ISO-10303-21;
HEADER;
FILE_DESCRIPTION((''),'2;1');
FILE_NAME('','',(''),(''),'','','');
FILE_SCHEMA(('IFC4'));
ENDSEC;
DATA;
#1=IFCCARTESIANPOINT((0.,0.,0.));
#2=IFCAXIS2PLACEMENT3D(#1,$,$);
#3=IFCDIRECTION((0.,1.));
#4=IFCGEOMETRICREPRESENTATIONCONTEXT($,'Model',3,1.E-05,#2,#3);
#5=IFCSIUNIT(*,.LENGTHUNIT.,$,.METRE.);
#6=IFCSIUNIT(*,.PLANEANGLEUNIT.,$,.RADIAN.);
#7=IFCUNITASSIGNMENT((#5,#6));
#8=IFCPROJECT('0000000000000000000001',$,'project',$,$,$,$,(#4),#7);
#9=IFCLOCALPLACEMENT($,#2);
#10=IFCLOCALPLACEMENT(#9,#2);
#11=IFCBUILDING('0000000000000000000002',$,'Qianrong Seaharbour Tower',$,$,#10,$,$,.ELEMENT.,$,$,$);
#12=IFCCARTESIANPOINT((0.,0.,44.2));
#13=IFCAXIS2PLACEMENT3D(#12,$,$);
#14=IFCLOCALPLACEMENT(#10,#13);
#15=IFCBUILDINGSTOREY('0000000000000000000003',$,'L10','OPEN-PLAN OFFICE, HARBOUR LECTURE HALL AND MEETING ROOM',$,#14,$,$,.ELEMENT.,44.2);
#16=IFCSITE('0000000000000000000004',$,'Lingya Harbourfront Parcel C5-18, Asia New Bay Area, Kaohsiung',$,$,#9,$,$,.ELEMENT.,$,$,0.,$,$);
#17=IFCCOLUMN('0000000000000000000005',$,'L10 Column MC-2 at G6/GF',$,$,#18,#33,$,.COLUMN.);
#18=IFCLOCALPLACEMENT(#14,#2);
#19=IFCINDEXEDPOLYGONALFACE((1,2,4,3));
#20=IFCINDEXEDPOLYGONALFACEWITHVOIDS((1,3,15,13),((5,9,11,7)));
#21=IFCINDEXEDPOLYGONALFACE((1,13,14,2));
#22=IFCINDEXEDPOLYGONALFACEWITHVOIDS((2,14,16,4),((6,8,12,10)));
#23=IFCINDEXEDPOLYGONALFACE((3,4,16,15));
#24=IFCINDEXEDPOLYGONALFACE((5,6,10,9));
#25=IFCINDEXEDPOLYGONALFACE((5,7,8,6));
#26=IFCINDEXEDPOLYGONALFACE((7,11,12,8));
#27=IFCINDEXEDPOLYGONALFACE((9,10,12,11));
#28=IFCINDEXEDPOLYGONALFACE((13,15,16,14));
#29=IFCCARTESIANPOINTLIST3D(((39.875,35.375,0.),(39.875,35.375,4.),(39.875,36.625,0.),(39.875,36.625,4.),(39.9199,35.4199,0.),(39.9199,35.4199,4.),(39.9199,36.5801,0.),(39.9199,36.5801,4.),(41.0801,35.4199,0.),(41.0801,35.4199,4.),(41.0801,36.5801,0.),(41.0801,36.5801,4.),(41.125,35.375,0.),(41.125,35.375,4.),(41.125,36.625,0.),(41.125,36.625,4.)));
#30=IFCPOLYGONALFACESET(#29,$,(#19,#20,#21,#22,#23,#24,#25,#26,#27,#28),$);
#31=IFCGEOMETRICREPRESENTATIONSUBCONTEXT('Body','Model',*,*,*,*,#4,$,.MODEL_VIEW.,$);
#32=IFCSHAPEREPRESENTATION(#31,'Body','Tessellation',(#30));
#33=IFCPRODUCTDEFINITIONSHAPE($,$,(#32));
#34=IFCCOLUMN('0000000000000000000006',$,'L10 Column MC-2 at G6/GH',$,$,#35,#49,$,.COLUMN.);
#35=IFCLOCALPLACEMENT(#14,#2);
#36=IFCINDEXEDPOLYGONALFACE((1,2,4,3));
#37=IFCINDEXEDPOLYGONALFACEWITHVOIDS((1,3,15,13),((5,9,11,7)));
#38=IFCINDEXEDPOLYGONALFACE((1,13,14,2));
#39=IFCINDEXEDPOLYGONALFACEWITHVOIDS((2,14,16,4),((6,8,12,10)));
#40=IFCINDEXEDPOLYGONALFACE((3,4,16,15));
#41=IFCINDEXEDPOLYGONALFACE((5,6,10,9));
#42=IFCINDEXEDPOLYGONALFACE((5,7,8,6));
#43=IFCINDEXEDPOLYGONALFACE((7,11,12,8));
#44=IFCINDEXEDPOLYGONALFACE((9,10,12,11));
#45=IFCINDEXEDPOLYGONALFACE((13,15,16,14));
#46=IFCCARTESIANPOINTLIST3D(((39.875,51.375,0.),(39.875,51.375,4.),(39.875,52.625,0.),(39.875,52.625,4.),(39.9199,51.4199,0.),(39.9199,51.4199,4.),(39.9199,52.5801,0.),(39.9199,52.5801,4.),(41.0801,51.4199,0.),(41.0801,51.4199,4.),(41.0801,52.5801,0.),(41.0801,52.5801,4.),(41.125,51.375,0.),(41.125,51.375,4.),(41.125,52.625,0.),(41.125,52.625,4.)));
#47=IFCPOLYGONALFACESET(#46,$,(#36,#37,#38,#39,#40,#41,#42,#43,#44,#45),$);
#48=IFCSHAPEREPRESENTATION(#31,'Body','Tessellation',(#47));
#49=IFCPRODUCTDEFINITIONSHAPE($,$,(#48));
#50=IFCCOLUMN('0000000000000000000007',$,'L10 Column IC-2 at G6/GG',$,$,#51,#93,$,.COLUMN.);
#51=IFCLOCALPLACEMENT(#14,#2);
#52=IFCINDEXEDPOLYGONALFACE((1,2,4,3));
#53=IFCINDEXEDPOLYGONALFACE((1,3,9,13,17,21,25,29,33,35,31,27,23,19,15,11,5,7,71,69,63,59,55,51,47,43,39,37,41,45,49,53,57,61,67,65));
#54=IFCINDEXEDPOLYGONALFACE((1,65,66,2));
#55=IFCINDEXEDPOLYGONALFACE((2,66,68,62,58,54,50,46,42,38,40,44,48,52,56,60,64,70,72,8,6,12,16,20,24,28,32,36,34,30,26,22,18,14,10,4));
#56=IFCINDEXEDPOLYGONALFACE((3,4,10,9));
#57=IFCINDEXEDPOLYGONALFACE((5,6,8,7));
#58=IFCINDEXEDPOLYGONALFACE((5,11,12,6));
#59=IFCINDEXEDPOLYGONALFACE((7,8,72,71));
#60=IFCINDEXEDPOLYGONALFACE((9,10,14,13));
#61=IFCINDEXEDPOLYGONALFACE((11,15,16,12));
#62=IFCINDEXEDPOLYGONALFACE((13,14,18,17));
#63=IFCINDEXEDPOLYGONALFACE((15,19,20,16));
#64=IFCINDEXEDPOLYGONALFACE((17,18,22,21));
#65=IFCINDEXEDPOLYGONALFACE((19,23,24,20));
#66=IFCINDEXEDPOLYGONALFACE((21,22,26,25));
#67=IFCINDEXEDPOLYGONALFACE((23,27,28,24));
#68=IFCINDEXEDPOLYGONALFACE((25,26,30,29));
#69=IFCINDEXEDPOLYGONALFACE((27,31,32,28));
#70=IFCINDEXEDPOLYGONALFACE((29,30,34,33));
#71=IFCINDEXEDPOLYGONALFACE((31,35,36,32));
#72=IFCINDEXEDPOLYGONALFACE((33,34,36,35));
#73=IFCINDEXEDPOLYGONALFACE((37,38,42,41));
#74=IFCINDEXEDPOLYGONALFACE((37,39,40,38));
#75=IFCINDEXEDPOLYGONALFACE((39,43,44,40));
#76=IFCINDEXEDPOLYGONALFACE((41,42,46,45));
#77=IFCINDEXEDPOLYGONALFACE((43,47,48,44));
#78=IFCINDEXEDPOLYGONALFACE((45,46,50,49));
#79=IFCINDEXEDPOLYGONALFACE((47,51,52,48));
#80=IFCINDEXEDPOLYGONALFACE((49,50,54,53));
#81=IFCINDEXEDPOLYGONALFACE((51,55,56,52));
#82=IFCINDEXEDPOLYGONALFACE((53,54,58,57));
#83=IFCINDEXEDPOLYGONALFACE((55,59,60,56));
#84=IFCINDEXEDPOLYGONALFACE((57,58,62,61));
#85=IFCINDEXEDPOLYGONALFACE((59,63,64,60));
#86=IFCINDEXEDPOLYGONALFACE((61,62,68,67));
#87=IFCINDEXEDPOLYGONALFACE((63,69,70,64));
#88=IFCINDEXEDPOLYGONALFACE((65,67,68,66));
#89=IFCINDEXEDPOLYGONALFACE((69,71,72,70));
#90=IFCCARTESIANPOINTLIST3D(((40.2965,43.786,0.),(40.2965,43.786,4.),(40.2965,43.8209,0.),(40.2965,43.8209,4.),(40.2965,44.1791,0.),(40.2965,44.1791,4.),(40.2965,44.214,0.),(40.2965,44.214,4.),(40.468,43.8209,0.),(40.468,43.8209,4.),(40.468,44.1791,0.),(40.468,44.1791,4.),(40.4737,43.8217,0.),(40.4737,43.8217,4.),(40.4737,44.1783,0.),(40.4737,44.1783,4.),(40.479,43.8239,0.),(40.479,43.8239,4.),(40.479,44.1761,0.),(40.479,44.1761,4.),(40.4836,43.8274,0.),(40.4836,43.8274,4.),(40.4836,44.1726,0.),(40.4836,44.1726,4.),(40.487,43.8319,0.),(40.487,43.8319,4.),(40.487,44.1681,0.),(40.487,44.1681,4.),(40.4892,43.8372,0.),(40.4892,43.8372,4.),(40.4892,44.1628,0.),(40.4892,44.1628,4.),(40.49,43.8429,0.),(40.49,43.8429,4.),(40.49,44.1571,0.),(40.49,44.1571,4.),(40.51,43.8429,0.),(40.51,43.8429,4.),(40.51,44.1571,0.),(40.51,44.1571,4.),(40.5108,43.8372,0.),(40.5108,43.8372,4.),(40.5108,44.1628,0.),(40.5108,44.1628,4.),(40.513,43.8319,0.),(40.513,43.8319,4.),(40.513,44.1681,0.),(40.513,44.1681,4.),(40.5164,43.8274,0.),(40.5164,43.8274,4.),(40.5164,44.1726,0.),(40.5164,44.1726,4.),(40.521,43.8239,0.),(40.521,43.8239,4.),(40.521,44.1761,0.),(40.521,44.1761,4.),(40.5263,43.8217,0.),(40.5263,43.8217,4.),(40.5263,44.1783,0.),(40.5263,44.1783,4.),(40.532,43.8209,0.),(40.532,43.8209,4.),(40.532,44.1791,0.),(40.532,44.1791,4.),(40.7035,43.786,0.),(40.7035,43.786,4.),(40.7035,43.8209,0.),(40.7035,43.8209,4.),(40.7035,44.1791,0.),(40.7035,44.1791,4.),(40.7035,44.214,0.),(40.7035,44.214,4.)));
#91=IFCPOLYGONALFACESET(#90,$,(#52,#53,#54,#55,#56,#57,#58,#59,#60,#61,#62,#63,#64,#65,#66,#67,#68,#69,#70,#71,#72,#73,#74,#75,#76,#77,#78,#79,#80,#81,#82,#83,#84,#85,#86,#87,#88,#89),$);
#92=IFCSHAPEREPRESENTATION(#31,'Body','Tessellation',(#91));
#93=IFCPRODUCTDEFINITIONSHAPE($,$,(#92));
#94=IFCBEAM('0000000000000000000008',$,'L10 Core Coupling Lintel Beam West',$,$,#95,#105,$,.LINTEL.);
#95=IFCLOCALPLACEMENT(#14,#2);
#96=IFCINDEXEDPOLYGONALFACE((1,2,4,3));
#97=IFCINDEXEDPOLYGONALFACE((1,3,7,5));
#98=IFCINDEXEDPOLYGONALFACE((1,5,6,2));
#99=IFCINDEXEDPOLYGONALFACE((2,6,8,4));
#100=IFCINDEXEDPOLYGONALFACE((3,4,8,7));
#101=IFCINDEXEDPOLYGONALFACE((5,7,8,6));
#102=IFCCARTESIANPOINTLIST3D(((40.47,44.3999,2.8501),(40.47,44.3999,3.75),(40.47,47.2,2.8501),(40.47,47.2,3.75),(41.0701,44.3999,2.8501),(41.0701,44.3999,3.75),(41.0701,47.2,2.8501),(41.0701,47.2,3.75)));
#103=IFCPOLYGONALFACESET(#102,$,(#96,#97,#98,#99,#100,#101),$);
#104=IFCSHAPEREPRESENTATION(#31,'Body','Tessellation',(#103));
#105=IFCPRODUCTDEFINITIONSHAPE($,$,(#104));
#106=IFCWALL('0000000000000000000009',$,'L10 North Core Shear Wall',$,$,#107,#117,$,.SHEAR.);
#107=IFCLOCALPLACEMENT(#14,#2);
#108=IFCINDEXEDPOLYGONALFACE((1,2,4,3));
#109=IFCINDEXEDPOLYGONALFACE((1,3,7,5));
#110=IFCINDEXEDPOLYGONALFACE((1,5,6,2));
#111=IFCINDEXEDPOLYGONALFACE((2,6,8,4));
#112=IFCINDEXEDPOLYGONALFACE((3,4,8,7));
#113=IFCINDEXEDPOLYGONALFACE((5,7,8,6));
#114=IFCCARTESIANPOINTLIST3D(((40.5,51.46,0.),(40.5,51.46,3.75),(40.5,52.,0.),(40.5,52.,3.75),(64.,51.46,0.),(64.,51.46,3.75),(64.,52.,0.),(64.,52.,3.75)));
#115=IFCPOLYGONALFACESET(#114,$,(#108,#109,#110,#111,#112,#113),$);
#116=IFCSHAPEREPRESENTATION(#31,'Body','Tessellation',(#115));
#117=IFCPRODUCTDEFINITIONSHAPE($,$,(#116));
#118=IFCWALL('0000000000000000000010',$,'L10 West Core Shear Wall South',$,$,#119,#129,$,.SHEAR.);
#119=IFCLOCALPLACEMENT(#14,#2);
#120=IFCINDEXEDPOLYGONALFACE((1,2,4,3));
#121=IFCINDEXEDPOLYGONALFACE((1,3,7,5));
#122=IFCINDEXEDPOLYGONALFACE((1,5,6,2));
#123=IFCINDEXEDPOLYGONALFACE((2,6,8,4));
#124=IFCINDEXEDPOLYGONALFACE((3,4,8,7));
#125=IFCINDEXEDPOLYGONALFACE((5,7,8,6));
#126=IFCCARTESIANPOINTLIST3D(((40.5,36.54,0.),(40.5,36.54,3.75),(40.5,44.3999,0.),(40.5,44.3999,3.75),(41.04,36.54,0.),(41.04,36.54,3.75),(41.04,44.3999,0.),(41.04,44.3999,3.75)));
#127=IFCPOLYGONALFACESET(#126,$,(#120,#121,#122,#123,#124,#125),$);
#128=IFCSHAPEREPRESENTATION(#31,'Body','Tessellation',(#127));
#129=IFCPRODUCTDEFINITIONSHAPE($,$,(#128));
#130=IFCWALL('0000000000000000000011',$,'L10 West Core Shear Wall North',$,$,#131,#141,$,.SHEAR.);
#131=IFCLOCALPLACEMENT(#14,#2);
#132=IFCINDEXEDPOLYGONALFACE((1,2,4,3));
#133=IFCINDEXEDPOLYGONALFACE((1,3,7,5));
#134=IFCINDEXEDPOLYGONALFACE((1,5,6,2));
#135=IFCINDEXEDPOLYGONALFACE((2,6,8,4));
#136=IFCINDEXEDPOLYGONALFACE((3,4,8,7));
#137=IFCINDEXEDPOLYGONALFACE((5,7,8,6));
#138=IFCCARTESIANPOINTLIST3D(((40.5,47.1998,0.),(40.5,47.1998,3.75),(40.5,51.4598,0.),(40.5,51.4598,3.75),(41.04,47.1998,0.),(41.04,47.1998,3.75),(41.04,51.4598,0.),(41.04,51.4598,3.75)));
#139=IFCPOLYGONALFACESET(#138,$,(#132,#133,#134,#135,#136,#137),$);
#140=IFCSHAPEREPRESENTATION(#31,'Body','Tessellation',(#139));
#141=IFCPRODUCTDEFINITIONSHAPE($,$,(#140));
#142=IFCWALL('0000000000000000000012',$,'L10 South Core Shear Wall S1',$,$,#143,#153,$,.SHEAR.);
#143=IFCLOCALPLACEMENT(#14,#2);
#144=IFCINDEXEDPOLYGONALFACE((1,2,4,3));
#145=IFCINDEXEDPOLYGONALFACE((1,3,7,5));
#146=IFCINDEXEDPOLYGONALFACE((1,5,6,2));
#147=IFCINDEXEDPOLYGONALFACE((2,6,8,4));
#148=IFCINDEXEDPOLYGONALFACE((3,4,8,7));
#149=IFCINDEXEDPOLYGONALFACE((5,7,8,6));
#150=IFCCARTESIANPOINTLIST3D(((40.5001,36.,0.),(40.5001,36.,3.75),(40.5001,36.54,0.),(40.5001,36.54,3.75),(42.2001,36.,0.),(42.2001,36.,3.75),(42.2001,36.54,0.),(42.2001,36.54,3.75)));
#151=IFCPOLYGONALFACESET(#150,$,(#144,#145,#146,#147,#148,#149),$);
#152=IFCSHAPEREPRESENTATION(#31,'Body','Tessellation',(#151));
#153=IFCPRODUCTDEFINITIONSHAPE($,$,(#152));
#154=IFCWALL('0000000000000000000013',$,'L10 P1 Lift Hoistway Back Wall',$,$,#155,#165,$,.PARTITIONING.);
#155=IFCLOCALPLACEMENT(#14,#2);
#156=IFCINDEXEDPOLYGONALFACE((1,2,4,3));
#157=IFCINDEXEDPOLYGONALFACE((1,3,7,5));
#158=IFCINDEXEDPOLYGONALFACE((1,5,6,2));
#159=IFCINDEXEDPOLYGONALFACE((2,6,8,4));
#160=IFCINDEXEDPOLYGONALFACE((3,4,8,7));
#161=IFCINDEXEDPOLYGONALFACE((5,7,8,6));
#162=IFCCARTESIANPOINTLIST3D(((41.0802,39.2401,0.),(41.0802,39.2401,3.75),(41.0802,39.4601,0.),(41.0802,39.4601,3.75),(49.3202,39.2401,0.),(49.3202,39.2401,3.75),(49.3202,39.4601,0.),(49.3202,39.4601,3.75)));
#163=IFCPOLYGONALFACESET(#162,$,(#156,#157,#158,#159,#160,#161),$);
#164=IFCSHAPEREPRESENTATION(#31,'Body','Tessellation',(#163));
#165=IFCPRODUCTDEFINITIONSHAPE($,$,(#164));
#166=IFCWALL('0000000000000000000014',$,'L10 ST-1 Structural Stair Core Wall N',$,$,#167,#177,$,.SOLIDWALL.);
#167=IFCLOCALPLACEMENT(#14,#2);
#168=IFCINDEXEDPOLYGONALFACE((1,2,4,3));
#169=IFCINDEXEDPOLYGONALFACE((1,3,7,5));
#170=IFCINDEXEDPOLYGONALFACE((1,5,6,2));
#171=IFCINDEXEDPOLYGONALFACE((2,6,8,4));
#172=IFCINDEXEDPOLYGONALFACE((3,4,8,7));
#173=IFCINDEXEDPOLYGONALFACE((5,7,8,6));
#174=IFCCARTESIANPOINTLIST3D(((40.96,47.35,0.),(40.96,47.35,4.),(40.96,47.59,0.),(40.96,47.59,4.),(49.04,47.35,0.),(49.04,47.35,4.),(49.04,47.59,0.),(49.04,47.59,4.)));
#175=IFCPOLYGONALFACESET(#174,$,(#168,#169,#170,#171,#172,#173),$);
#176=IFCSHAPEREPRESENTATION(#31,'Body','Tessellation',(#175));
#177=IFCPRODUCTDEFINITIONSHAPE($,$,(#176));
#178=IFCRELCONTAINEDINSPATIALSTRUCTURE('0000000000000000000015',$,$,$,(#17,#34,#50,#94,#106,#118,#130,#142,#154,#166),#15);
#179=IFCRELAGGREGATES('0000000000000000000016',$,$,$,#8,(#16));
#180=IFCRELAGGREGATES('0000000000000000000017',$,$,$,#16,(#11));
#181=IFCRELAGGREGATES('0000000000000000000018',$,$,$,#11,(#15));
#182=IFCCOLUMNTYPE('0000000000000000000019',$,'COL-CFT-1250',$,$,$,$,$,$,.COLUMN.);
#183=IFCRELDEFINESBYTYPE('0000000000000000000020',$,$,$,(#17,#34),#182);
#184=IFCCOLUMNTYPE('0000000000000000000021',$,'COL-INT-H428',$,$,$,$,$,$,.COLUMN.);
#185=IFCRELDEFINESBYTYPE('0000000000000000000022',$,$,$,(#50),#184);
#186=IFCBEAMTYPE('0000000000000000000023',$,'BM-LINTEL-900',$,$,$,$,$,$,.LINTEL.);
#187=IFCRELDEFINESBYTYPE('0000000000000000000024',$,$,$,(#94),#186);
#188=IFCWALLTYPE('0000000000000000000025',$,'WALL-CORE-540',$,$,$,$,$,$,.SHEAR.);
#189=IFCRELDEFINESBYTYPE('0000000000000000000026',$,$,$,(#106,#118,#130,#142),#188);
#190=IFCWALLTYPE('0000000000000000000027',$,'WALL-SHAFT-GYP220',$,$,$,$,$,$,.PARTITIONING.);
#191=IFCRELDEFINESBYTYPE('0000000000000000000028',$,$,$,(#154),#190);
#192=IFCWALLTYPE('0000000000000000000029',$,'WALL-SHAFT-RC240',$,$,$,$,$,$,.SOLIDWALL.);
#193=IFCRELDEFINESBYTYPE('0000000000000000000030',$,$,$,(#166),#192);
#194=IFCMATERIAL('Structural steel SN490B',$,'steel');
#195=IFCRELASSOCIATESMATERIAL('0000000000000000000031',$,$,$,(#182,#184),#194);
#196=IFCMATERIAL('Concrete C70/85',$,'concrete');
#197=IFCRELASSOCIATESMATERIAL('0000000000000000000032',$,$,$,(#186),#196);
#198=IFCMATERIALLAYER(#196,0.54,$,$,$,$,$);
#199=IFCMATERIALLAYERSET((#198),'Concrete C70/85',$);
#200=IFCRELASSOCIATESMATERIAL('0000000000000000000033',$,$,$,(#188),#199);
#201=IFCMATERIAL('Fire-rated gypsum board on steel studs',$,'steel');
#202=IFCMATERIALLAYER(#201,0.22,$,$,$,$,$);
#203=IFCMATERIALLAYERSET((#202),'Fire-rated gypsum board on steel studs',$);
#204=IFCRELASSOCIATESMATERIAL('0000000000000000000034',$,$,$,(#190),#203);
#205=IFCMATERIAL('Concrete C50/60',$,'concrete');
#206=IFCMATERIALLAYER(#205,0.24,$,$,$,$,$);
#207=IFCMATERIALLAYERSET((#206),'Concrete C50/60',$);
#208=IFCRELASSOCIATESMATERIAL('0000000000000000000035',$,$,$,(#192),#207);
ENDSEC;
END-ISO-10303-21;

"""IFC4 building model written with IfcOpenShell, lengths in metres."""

from ifc_helpers import new_model, si_unit, direction, frame, frame_2d, origin, origin_2d, place, context, subcontext, project, spatial, rectangle, hollow_rectangle, i_section, extrude, material, layer, layer_set, material_profile, profile_set, type_object, element, save


model = new_model("IFC4")

# Units and contexts
model_context = context("Model", 3, precision=1e-05, world=origin(), true_north=direction((0.0, 1.0)))
body_context = subcontext(model_context, "Body", "Model", "MODEL_VIEW")
ifc_project = project(units=[si_unit("LENGTHUNIT", "METRE"), si_unit("PLANEANGLEUNIT", "RADIAN")], contexts=[model_context])

# Site, building, storey
site_placement = place(None, origin())
site = spatial("IfcSite", under=ifc_project, at=site_placement, Name="Lingya Harbourfront Parcel C5-18, Asia New Bay Area, Kaohsiung", CompositionType="ELEMENT", RefElevation=0.0)
building_placement = place(site_placement, origin())
building = spatial("IfcBuilding", under=site, at=building_placement, Name="Qianrong Seaharbour Tower", CompositionType="ELEMENT")
storey_placement = place(building_placement, frame((0.0, 0.0, 44.2)))
storey = spatial("IfcBuildingStorey", under=building, at=storey_placement, Name="L10", Description="OPEN-PLAN OFFICE, HARBOUR LECTURE HALL AND MEETING ROOM", CompositionType="ELEMENT", Elevation=44.2)

# Columns
ifc_material_1 = material(Name="Structural steel SN490B", Category="steel")
ifc_material_profile_1 = material_profile(ifc_material_1, hollow_rectangle(XDim=1.25, YDim=1.25, WallThickness=0.0449, at=origin_2d()), Name="BOX1250x1250x45")
ifc_profile_set_1 = profile_set([ifc_material_profile_1], Name="Structural steel SN490B")
column_type_1 = type_object("IfcColumnType", Name="COL-CFT-1250", PredefinedType="COLUMN", material=ifc_profile_set_1)
for number, where, z_axis, x_axis, name in (
    (1, (40.5, 36.0, 0.0), (0.0, 0.0, 1.0), (1.0, 0.0, 0.0), "L10 Column MC-2 at G6/GF"),
    (2, (40.5, 52.0, 0.0), (0.0, 0.0, 1.0), (1.0, 0.0, 0.0), "L10 Column MC-2 at G6/GH"),
):
    element("IfcColumn", number, at=place(storey_placement, frame(where, z_axis=z_axis, x_axis=x_axis)), inside=storey, type_object=column_type_1, Name=name, PredefinedType="COLUMN", context=body_context, shape_type="SweptSolid", body=[
        extrude(hollow_rectangle(XDim=1.25, YDim=1.25, WallThickness=0.0449, at=origin_2d()), origin(), (0.0, 0.0, 1.0), 4.0),
    ])
ifc_material_profile_2 = material_profile(ifc_material_1, i_section(OverallWidth=0.407, OverallDepth=0.428, WebThickness=0.02, FlangeThickness=0.0349, FilletRadius=0.022, at=origin_2d()), Name="H428x407x20x35")
ifc_profile_set_2 = profile_set([ifc_material_profile_2], Name="Structural steel SN490B")
column_type_2 = type_object("IfcColumnType", Name="COL-INT-H428", PredefinedType="COLUMN", material=ifc_profile_set_2)
column_placement = place(storey_placement, frame((40.5, 44.0, 0.0), z_axis=(0.0, 0.0, 1.0), x_axis=(1.0, 0.0, 0.0)))
element("IfcColumn", 3, at=column_placement, inside=storey, type_object=column_type_2, Name="L10 Column IC-2 at G6/GG", PredefinedType="COLUMN", context=body_context, shape_type="SweptSolid", body=[
    extrude(i_section(OverallWidth=0.407, OverallDepth=0.428, WebThickness=0.02, FlangeThickness=0.0349, FilletRadius=0.022, at=origin_2d()), origin(), (0.0, 0.0, 1.0), 4.0),
])

# Beam
ifc_material_2 = material(Name="Concrete C70/85", Category="concrete")
ifc_material_profile_3 = material_profile(ifc_material_2, rectangle(XDim=0.6001, YDim=0.8999, at=origin_2d()), Name="RC600x900")
ifc_profile_set_3 = profile_set([ifc_material_profile_3], Name="Concrete C70/85")
beam_type = type_object("IfcBeamType", Name="BM-LINTEL-900", PredefinedType="LINTEL", material=ifc_profile_set_3)
beam_placement = place(storey_placement, frame((40.77, 44.3999, 3.3), z_axis=(0.0, 1.0, 0.0), x_axis=(-1.0, 0.0, 0.0)))
element("IfcBeam", 4, at=beam_placement, inside=storey, type_object=beam_type, Name="L10 Core Coupling Lintel Beam West", PredefinedType="LINTEL", context=body_context, shape_type="SweptSolid", body=[
    extrude(rectangle(XDim=0.6001, YDim=0.8999, at=origin_2d()), origin(), (0.0, 0.0, 1.0), 2.8),
])

# Walls
ifc_layer_1 = layer(ifc_material_2, 0.54)
ifc_layer_set_1 = layer_set([ifc_layer_1], Name="Concrete C70/85")
wall_type_1 = type_object("IfcWallType", Name="WALL-CORE-540", PredefinedType="SHEAR", material=ifc_layer_set_1)
wall_1_placement = place(storey_placement, frame((40.5, 51.73, 0.0), z_axis=(0.0, 0.0, 1.0), x_axis=(1.0, 0.0, 0.0)))
element("IfcWall", 5, at=wall_1_placement, inside=storey, type_object=wall_type_1, Name="L10 North Core Shear Wall", PredefinedType="SHEAR", context=body_context, shape_type="SweptSolid", body=[
    extrude(rectangle(XDim=23.5, YDim=0.54, at=frame_2d((11.75, 0.0))), origin(), (0.0, 0.0, 1.0), 3.75),
])
wall_2_placement = place(storey_placement, frame((40.77, 36.54, 0.0), z_axis=(0.0, 0.0, 1.0), x_axis=(0.0, 1.0, 0.0)))
element("IfcWall", 6, at=wall_2_placement, inside=storey, type_object=wall_type_1, Name="L10 West Core Shear Wall South", PredefinedType="SHEAR", context=body_context, shape_type="SweptSolid", body=[
    extrude(rectangle(XDim=7.8599, YDim=0.54, at=frame_2d((3.9299, 0.0))), origin(), (0.0, 0.0, 1.0), 3.75),
])
wall_3_placement = place(storey_placement, frame((40.77, 47.2, 0.0), z_axis=(0.0, 0.0, 1.0), x_axis=(0.0, 1.0, 0.0)))
element("IfcWall", 7, at=wall_3_placement, inside=storey, type_object=wall_type_1, Name="L10 West Core Shear Wall North", PredefinedType="SHEAR", context=body_context, shape_type="SweptSolid", body=[
    extrude(rectangle(XDim=4.26, YDim=0.54, at=frame_2d((2.1299, 0.0))), origin(), (0.0, 0.0, 1.0), 3.75),
])
wall_4_placement = place(storey_placement, frame((40.5, 36.27, 0.0), z_axis=(0.0, 0.0, 1.0), x_axis=(1.0, 0.0, 0.0)))
element("IfcWall", 8, at=wall_4_placement, inside=storey, type_object=wall_type_1, Name="L10 South Core Shear Wall S1", PredefinedType="SHEAR", context=body_context, shape_type="SweptSolid", body=[
    extrude(rectangle(XDim=1.7, YDim=0.54, at=frame_2d((0.8501, 0.0))), origin(), (0.0, 0.0, 1.0), 3.75),
])

# Walls
ifc_material_3 = material(Name="Fire-rated gypsum board on steel studs", Category="steel")
ifc_layer_2 = layer(ifc_material_3, 0.22)
ifc_layer_set_2 = layer_set([ifc_layer_2], Name="Fire-rated gypsum board on steel studs")
wall_type_2 = type_object("IfcWallType", Name="WALL-SHAFT-GYP220", PredefinedType="PARTITIONING", material=ifc_layer_set_2)
wall_5_placement = place(storey_placement, frame((41.0801, 39.3501, 0.0), z_axis=(0.0, 0.0, 1.0), x_axis=(1.0, 0.0, 0.0)))
element("IfcWall", 9, at=wall_5_placement, inside=storey, type_object=wall_type_2, Name="L10 P1 Lift Hoistway Back Wall", PredefinedType="PARTITIONING", context=body_context, shape_type="SweptSolid", body=[
    extrude(rectangle(XDim=8.24, YDim=0.22, at=frame_2d((4.1201, 0.0))), origin(), (0.0, 0.0, 1.0), 3.75),
])
ifc_material_4 = material(Name="Concrete C50/60", Category="concrete")
ifc_layer_3 = layer(ifc_material_4, 0.24)
ifc_layer_set_3 = layer_set([ifc_layer_3], Name="Concrete C50/60")
wall_type_3 = type_object("IfcWallType", Name="WALL-SHAFT-RC240", PredefinedType="SOLIDWALL", material=ifc_layer_set_3)
wall_6_placement = place(storey_placement, frame((40.96, 47.47, 0.0), z_axis=(0.0, 0.0, 1.0), x_axis=(1.0, 0.0, 0.0)))
element("IfcWall", 10, at=wall_6_placement, inside=storey, type_object=wall_type_3, Name="L10 ST-1 Structural Stair Core Wall N", PredefinedType="SOLIDWALL", context=body_context, shape_type="SweptSolid", body=[
    extrude(rectangle(XDim=8.0801, YDim=0.24, at=frame_2d((4.04, 0.0))), origin(), (0.0, 0.0, 1.0), 4.0),
])

save(model, "model.ifc")
